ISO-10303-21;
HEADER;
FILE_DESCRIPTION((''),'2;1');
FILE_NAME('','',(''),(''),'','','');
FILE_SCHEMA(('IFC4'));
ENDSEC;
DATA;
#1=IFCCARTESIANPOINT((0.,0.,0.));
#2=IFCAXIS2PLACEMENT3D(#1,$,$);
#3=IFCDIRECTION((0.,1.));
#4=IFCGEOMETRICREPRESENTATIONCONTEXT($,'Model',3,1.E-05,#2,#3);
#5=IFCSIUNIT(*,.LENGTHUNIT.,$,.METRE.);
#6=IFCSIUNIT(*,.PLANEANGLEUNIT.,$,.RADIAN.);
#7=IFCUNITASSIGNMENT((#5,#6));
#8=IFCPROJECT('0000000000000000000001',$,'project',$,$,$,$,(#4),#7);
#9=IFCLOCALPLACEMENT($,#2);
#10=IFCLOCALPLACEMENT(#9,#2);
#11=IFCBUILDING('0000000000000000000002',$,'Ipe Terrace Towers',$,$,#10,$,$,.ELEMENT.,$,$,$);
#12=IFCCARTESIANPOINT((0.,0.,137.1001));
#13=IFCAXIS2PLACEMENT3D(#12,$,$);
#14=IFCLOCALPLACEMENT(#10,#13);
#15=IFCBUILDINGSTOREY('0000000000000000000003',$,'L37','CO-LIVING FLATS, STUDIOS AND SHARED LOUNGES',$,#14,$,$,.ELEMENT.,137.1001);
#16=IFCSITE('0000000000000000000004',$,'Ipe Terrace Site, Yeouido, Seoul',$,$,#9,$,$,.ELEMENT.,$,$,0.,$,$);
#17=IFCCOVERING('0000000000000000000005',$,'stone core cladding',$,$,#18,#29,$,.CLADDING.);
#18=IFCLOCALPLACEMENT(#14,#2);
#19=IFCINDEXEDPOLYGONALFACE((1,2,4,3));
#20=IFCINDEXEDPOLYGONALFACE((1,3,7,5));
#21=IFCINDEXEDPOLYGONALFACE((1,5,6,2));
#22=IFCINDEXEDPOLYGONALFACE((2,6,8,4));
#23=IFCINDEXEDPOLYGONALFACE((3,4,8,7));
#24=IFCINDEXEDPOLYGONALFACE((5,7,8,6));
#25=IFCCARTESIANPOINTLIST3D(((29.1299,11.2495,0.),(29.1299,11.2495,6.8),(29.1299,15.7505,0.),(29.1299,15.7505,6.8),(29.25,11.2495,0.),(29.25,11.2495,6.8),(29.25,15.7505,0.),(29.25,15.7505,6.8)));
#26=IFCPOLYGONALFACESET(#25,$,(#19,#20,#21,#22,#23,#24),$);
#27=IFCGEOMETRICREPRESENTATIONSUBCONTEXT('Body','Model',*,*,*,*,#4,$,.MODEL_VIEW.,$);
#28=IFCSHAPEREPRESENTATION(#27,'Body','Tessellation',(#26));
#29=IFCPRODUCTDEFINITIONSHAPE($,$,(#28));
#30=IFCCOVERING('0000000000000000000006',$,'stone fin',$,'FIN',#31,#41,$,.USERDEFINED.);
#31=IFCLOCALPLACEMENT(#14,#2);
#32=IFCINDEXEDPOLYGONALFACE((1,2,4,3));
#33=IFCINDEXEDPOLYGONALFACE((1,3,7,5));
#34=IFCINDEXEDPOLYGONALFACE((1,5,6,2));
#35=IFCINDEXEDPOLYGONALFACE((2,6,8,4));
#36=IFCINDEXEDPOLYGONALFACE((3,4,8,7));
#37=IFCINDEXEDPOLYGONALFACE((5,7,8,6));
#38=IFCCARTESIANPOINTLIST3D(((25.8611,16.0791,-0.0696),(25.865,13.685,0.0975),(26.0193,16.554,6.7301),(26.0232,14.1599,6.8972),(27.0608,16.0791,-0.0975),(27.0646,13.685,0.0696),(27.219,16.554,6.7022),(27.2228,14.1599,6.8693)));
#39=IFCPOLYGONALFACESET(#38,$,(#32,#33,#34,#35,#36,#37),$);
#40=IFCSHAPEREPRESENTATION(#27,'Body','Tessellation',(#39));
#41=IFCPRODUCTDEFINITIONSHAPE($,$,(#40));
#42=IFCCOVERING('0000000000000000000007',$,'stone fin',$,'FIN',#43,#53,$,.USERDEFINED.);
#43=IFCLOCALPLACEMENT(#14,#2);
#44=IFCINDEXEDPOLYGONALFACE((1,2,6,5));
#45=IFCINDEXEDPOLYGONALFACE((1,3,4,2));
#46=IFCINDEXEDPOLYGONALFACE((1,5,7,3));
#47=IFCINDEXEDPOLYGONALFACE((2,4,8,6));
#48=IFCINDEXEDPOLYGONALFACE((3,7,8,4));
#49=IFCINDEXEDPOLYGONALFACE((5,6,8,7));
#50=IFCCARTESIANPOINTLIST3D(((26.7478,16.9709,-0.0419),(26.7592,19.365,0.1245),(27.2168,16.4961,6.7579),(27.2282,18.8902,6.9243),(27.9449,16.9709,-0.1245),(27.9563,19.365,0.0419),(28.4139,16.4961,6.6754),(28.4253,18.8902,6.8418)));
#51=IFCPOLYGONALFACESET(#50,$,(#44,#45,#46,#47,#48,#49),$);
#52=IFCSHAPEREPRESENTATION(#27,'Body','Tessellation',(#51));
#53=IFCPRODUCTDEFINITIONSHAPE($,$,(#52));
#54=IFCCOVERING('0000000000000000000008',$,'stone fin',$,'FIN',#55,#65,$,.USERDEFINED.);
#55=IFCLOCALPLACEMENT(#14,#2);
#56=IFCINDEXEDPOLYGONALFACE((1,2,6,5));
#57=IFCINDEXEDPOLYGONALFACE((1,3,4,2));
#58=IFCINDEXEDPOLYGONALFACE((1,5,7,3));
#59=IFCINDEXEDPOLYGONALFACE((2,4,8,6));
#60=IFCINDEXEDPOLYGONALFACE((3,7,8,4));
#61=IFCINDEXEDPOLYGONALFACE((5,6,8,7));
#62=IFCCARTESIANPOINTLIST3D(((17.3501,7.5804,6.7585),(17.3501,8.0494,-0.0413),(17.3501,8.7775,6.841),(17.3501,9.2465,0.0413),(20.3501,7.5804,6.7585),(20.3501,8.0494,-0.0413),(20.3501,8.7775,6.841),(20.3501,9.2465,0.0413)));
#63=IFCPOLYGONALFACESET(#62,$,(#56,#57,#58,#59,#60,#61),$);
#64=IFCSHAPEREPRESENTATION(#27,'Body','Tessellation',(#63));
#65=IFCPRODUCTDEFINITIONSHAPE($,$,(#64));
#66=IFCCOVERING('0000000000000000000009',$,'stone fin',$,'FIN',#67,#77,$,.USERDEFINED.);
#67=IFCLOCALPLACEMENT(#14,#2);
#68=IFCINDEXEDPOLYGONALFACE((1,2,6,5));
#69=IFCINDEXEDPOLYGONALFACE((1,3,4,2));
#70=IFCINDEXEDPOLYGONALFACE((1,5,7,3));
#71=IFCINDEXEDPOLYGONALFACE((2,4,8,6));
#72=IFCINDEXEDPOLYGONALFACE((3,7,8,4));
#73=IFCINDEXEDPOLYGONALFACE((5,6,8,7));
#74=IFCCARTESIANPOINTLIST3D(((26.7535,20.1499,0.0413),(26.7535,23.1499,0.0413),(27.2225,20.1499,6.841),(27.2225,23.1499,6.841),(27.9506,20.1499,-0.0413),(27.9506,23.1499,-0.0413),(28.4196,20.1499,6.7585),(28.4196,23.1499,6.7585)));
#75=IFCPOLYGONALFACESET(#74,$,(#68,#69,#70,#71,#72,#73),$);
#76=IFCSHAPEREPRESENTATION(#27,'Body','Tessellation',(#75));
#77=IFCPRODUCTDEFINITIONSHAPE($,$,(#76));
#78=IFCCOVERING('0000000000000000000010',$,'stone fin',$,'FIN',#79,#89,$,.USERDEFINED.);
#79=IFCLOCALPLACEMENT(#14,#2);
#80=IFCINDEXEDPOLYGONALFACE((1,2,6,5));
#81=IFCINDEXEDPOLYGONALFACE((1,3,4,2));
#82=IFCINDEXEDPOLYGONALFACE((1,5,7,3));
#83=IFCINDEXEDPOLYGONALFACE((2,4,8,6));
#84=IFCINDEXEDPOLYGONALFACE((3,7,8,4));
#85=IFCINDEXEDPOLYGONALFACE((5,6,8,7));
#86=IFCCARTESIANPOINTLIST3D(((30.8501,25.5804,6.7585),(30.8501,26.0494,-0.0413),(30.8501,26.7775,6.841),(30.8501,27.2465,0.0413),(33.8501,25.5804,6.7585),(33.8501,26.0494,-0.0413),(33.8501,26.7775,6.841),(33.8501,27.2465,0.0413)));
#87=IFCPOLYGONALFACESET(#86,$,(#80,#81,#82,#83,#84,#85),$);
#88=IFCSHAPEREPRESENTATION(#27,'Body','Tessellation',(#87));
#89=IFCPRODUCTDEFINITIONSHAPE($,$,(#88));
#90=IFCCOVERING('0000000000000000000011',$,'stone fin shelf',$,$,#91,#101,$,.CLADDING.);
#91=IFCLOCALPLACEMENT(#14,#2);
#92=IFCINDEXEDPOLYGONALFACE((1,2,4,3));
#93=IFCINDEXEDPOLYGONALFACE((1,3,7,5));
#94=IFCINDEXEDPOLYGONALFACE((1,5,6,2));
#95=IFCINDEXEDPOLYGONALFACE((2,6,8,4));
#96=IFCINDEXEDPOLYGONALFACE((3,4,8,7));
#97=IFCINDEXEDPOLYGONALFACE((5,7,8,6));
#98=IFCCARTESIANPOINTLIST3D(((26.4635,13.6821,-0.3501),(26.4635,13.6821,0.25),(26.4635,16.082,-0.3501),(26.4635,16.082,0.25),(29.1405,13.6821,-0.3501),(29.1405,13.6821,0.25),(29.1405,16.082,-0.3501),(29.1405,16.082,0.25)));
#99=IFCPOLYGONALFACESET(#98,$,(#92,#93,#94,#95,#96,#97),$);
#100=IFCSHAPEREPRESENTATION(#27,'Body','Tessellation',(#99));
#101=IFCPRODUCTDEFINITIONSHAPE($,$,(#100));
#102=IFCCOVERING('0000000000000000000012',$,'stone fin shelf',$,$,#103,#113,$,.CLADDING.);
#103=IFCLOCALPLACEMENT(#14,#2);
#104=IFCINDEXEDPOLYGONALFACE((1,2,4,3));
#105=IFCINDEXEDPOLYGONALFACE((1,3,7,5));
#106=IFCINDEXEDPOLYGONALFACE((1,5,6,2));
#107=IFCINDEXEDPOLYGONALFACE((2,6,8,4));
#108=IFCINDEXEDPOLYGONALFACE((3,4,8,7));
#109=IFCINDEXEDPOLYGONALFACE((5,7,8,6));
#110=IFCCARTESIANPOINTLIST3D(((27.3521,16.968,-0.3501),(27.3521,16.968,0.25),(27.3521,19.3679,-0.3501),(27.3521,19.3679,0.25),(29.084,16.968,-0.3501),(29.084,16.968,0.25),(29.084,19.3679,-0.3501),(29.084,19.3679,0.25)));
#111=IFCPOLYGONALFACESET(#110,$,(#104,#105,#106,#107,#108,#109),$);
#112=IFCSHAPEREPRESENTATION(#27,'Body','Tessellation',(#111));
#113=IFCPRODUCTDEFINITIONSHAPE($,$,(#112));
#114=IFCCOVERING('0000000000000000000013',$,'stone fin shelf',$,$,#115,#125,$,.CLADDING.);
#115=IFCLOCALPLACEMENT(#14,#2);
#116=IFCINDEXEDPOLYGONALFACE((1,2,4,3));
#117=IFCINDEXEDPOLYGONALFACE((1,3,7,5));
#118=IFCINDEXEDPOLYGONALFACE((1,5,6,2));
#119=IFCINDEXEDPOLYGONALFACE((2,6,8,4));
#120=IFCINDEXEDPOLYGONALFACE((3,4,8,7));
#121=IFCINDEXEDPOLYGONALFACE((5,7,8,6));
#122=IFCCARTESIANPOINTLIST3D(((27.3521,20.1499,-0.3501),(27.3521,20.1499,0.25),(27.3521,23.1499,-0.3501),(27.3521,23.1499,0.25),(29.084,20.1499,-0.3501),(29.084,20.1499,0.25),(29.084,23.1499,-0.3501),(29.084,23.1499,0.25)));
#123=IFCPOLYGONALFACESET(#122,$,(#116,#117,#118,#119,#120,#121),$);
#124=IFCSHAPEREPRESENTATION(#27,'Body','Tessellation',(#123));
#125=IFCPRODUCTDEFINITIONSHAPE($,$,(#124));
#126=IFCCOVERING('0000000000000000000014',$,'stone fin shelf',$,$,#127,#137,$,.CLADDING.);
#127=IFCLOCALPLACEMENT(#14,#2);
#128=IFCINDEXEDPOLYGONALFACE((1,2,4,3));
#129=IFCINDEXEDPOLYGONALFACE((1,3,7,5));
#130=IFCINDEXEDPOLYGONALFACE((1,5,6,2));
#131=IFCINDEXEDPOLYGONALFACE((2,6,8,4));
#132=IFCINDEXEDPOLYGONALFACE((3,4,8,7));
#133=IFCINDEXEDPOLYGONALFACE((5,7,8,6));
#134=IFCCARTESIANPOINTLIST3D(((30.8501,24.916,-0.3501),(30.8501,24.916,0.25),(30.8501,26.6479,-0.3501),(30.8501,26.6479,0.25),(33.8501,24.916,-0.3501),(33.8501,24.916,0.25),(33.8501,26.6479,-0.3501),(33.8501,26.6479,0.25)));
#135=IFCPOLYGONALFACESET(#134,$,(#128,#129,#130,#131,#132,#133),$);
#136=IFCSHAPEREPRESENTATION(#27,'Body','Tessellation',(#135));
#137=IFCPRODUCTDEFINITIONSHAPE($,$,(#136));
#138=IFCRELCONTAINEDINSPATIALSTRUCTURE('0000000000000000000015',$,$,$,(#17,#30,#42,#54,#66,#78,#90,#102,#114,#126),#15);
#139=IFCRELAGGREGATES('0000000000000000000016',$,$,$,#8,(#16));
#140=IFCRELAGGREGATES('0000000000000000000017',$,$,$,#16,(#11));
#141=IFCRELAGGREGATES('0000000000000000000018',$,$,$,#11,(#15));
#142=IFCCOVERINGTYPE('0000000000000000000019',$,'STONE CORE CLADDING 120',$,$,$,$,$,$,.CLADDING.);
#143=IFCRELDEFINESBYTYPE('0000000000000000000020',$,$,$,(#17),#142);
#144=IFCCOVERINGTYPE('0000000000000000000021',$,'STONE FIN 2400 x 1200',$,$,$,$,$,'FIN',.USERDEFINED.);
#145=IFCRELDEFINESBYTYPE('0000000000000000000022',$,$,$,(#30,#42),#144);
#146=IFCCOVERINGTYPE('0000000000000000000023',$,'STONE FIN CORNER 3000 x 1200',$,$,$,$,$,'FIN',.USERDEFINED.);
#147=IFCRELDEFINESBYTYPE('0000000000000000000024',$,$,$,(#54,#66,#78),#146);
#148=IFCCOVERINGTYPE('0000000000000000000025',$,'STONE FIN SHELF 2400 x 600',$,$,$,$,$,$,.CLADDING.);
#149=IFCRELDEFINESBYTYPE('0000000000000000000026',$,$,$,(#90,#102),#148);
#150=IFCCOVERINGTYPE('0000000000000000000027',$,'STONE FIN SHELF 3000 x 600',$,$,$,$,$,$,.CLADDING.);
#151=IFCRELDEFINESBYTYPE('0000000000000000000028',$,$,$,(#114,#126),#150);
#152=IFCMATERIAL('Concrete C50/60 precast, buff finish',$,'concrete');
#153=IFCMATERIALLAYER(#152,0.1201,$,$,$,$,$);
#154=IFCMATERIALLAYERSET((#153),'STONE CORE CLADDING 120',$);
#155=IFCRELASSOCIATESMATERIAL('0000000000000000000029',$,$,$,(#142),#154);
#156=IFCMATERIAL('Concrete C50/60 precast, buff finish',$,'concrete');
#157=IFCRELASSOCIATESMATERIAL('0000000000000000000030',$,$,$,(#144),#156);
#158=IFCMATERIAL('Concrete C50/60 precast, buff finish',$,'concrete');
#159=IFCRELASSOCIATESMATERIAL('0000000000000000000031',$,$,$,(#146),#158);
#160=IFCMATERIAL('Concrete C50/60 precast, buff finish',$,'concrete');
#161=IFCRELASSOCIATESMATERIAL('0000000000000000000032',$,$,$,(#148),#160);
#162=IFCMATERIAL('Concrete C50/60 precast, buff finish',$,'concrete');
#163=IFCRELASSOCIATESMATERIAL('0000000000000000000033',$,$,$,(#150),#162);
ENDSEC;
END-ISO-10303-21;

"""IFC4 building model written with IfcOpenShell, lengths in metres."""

from ifc_helpers import new_model, si_unit, direction, frame, origin, origin_2d, place, context, subcontext, project, spatial, rectangle, extrude, material, layer, layer_set, material_profile, profile_set, type_object, element, save


model = new_model("IFC4")

# Units and contexts
model_context = context("Model", 3, precision=1e-05, world=origin(), true_north=direction((0.0, 1.0)))
body_context = subcontext(model_context, "Body", "Model", "MODEL_VIEW")
ifc_project = project(units=[si_unit("LENGTHUNIT", "METRE"), si_unit("PLANEANGLEUNIT", "RADIAN")], contexts=[model_context])

# Site, building, storey
site_placement = place(None, origin())
site = spatial("IfcSite", under=ifc_project, at=site_placement, Name="Ipe Terrace Site, Yeouido, Seoul", CompositionType="ELEMENT", RefElevation=0.0)
building_placement = place(site_placement, origin())
building = spatial("IfcBuilding", under=site, at=building_placement, Name="Ipe Terrace Towers", CompositionType="ELEMENT")
storey_placement = place(building_placement, frame((0.0, 0.0, 137.1001)))
storey = spatial("IfcBuildingStorey", under=building, at=storey_placement, Name="L37", Description="CO-LIVING FLATS, STUDIOS AND SHARED LOUNGES", CompositionType="ELEMENT", Elevation=137.1001)

# Coverings
ifc_material_1 = material(Name="Concrete C50/60 precast, buff finish", Category="concrete")
ifc_layer_1 = layer(ifc_material_1, 0.1201)
ifc_layer_set_1 = layer_set([ifc_layer_1], Name="STONE CORE CLADDING 120")
covering_type_1 = type_object("IfcCoveringType", Name="STONE CORE CLADDING 120", PredefinedType="CLADDING", material=ifc_layer_set_1)
covering_1_placement = place(storey_placement, frame((29.1899, 13.5, 0.0), z_axis=(0.0, 0.0, 1.0), x_axis=(0.0, -1.0, 0.0)))
element("IfcCovering", 1, at=covering_1_placement, inside=storey, type_object=covering_type_1, Name="stone core cladding", PredefinedType="CLADDING", context=body_context, shape_type="SweptSolid", body=[
    extrude(rectangle(XDim=4.501, YDim=0.1201, at=origin_2d()), origin(), (0.0, 0.0, 1.0), 6.8),
])
ifc_material_2 = material(Name="Concrete C50/60 precast, buff finish", Category="concrete")
ifc_material_profile_1 = material_profile(ifc_material_2, rectangle(XDim=2.3999, YDim=1.2, at=origin_2d()), Name="STONE FIN 2400 x 1200")
ifc_profile_set_1 = profile_set([ifc_material_profile_1], Name="Concrete C50/60 precast, buff finish")
covering_type_2 = type_object("IfcCoveringType", Name="STONE FIN 2400 x 1200", ElementType="FIN", PredefinedType="USERDEFINED", material=ifc_profile_set_1)
covering_2_placement = place(storey_placement, frame((26.4629, 14.8821, 0.0), z_axis=(0.023203, 0.069645, 0.997302), x_axis=(0.00162, -0.997572, 0.069626)))
element("IfcCovering", 2, at=covering_2_placement, inside=storey, type_object=covering_type_2, Name="stone fin", ObjectType="FIN", PredefinedType="USERDEFINED", context=body_context, shape_type="SweptSolid", body=[
    extrude(rectangle(XDim=2.3999, YDim=1.2, at=origin_2d()), origin(), (0.0, 0.0, 1.0), 6.8181),
])
covering_3_placement = place(storey_placement, frame((27.3521, 18.168, 0.0), z_axis=(0.068642, -0.069499, 0.995218), x_axis=(-0.004782, -0.997582, -0.069335)))
element("IfcCovering", 3, at=covering_3_placement, inside=storey, type_object=covering_type_2, Name="stone fin", ObjectType="FIN", PredefinedType="USERDEFINED", context=body_context, shape_type="SweptSolid", body=[
    extrude(rectangle(XDim=2.3999, YDim=1.2, at=origin_2d()), origin(), (0.0, 0.0, 1.0), 6.8325),
])
ifc_material_3 = material(Name="Concrete C50/60 precast, buff finish", Category="concrete")
ifc_material_profile_2 = material_profile(ifc_material_3, rectangle(XDim=3.0, YDim=1.2, at=origin_2d()), Name="STONE FIN CORNER 3000 x 1200")
ifc_profile_set_2 = profile_set([ifc_material_profile_2], Name="Concrete C50/60 precast, buff finish")
covering_type_3 = type_object("IfcCoveringType", Name="STONE FIN CORNER 3000 x 1200", ElementType="FIN", PredefinedType="USERDEFINED", material=ifc_profile_set_2)
for number, where, z_axis, x_axis, name in (
    (4, (18.8501, 8.6479, 0.0), (0.0, -0.068808, 0.99763), (-1.0, 0.0, 0.0), "stone fin"),
    (5, (27.3521, 21.6499, 0.0), (0.068808, 0.0, 0.99763), (0.0, -1.0, 0.0), "stone fin"),
    (6, (32.3501, 26.6479, 0.0), (0.0, -0.068808, 0.99763), (-1.0, 0.0, 0.0), "stone fin"),
):
    element("IfcCovering", number, at=place(storey_placement, frame(where, z_axis=z_axis, x_axis=x_axis)), inside=storey, type_object=covering_type_3, Name=name, ObjectType="FIN", PredefinedType="USERDEFINED", context=body_context, shape_type="SweptSolid", body=[
        extrude(rectangle(XDim=3.0, YDim=1.2, at=origin_2d()), origin(), (0.0, 0.0, 1.0), 6.8159),
    ])
ifc_material_4 = material(Name="Concrete C50/60 precast, buff finish", Category="concrete")
covering_type_4 = type_object("IfcCoveringType", Name="STONE FIN SHELF 2400 x 600", PredefinedType="CLADDING", material=ifc_material_4)
covering_4_placement = place(storey_placement, frame((27.802, 14.8821, -0.3501), z_axis=(0.0, 0.0, 1.0), x_axis=(0.0, -1.0, 0.0)))
element("IfcCovering", 7, at=covering_4_placement, inside=storey, type_object=covering_type_4, Name="stone fin shelf", PredefinedType="CLADDING", context=body_context, shape_type="SweptSolid", body=[
    extrude(rectangle(XDim=2.3999, YDim=2.677, at=origin_2d()), origin(), (0.0, 0.0, 1.0), 0.6001),
])
covering_5_placement = place(storey_placement, frame((28.218, 18.168, -0.3501), z_axis=(0.0, 0.0, 1.0), x_axis=(0.0, -1.0, 0.0)))
element("IfcCovering", 8, at=covering_5_placement, inside=storey, type_object=covering_type_4, Name="stone fin shelf", PredefinedType="CLADDING", context=body_context, shape_type="SweptSolid", body=[
    extrude(rectangle(XDim=2.3999, YDim=1.7319, at=origin_2d()), origin(), (0.0, 0.0, 1.0), 0.6001),
])
ifc_material_5 = material(Name="Concrete C50/60 precast, buff finish", Category="concrete")
covering_type_5 = type_object("IfcCoveringType", Name="STONE FIN SHELF 3000 x 600", PredefinedType="CLADDING", material=ifc_material_5)
for number, where, z_axis, x_axis, name in (
    (9, (28.218, 21.6499, -0.3501), (0.0, 0.0, 1.0), (0.0, -1.0, 0.0), "stone fin shelf"),
    (10, (32.3501, 25.782, -0.3501), (0.0, 0.0, 1.0), (-1.0, 0.0, 0.0), "stone fin shelf"),
):
    element("IfcCovering", number, at=place(storey_placement, frame(where, z_axis=z_axis, x_axis=x_axis)), inside=storey, type_object=covering_type_5, Name=name, PredefinedType="CLADDING", context=body_context, shape_type="SweptSolid", body=[
        extrude(rectangle(XDim=3.0, YDim=1.7319, at=origin_2d()), origin(), (0.0, 0.0, 1.0), 0.6001),
    ])

save(model, "model.ifc")
